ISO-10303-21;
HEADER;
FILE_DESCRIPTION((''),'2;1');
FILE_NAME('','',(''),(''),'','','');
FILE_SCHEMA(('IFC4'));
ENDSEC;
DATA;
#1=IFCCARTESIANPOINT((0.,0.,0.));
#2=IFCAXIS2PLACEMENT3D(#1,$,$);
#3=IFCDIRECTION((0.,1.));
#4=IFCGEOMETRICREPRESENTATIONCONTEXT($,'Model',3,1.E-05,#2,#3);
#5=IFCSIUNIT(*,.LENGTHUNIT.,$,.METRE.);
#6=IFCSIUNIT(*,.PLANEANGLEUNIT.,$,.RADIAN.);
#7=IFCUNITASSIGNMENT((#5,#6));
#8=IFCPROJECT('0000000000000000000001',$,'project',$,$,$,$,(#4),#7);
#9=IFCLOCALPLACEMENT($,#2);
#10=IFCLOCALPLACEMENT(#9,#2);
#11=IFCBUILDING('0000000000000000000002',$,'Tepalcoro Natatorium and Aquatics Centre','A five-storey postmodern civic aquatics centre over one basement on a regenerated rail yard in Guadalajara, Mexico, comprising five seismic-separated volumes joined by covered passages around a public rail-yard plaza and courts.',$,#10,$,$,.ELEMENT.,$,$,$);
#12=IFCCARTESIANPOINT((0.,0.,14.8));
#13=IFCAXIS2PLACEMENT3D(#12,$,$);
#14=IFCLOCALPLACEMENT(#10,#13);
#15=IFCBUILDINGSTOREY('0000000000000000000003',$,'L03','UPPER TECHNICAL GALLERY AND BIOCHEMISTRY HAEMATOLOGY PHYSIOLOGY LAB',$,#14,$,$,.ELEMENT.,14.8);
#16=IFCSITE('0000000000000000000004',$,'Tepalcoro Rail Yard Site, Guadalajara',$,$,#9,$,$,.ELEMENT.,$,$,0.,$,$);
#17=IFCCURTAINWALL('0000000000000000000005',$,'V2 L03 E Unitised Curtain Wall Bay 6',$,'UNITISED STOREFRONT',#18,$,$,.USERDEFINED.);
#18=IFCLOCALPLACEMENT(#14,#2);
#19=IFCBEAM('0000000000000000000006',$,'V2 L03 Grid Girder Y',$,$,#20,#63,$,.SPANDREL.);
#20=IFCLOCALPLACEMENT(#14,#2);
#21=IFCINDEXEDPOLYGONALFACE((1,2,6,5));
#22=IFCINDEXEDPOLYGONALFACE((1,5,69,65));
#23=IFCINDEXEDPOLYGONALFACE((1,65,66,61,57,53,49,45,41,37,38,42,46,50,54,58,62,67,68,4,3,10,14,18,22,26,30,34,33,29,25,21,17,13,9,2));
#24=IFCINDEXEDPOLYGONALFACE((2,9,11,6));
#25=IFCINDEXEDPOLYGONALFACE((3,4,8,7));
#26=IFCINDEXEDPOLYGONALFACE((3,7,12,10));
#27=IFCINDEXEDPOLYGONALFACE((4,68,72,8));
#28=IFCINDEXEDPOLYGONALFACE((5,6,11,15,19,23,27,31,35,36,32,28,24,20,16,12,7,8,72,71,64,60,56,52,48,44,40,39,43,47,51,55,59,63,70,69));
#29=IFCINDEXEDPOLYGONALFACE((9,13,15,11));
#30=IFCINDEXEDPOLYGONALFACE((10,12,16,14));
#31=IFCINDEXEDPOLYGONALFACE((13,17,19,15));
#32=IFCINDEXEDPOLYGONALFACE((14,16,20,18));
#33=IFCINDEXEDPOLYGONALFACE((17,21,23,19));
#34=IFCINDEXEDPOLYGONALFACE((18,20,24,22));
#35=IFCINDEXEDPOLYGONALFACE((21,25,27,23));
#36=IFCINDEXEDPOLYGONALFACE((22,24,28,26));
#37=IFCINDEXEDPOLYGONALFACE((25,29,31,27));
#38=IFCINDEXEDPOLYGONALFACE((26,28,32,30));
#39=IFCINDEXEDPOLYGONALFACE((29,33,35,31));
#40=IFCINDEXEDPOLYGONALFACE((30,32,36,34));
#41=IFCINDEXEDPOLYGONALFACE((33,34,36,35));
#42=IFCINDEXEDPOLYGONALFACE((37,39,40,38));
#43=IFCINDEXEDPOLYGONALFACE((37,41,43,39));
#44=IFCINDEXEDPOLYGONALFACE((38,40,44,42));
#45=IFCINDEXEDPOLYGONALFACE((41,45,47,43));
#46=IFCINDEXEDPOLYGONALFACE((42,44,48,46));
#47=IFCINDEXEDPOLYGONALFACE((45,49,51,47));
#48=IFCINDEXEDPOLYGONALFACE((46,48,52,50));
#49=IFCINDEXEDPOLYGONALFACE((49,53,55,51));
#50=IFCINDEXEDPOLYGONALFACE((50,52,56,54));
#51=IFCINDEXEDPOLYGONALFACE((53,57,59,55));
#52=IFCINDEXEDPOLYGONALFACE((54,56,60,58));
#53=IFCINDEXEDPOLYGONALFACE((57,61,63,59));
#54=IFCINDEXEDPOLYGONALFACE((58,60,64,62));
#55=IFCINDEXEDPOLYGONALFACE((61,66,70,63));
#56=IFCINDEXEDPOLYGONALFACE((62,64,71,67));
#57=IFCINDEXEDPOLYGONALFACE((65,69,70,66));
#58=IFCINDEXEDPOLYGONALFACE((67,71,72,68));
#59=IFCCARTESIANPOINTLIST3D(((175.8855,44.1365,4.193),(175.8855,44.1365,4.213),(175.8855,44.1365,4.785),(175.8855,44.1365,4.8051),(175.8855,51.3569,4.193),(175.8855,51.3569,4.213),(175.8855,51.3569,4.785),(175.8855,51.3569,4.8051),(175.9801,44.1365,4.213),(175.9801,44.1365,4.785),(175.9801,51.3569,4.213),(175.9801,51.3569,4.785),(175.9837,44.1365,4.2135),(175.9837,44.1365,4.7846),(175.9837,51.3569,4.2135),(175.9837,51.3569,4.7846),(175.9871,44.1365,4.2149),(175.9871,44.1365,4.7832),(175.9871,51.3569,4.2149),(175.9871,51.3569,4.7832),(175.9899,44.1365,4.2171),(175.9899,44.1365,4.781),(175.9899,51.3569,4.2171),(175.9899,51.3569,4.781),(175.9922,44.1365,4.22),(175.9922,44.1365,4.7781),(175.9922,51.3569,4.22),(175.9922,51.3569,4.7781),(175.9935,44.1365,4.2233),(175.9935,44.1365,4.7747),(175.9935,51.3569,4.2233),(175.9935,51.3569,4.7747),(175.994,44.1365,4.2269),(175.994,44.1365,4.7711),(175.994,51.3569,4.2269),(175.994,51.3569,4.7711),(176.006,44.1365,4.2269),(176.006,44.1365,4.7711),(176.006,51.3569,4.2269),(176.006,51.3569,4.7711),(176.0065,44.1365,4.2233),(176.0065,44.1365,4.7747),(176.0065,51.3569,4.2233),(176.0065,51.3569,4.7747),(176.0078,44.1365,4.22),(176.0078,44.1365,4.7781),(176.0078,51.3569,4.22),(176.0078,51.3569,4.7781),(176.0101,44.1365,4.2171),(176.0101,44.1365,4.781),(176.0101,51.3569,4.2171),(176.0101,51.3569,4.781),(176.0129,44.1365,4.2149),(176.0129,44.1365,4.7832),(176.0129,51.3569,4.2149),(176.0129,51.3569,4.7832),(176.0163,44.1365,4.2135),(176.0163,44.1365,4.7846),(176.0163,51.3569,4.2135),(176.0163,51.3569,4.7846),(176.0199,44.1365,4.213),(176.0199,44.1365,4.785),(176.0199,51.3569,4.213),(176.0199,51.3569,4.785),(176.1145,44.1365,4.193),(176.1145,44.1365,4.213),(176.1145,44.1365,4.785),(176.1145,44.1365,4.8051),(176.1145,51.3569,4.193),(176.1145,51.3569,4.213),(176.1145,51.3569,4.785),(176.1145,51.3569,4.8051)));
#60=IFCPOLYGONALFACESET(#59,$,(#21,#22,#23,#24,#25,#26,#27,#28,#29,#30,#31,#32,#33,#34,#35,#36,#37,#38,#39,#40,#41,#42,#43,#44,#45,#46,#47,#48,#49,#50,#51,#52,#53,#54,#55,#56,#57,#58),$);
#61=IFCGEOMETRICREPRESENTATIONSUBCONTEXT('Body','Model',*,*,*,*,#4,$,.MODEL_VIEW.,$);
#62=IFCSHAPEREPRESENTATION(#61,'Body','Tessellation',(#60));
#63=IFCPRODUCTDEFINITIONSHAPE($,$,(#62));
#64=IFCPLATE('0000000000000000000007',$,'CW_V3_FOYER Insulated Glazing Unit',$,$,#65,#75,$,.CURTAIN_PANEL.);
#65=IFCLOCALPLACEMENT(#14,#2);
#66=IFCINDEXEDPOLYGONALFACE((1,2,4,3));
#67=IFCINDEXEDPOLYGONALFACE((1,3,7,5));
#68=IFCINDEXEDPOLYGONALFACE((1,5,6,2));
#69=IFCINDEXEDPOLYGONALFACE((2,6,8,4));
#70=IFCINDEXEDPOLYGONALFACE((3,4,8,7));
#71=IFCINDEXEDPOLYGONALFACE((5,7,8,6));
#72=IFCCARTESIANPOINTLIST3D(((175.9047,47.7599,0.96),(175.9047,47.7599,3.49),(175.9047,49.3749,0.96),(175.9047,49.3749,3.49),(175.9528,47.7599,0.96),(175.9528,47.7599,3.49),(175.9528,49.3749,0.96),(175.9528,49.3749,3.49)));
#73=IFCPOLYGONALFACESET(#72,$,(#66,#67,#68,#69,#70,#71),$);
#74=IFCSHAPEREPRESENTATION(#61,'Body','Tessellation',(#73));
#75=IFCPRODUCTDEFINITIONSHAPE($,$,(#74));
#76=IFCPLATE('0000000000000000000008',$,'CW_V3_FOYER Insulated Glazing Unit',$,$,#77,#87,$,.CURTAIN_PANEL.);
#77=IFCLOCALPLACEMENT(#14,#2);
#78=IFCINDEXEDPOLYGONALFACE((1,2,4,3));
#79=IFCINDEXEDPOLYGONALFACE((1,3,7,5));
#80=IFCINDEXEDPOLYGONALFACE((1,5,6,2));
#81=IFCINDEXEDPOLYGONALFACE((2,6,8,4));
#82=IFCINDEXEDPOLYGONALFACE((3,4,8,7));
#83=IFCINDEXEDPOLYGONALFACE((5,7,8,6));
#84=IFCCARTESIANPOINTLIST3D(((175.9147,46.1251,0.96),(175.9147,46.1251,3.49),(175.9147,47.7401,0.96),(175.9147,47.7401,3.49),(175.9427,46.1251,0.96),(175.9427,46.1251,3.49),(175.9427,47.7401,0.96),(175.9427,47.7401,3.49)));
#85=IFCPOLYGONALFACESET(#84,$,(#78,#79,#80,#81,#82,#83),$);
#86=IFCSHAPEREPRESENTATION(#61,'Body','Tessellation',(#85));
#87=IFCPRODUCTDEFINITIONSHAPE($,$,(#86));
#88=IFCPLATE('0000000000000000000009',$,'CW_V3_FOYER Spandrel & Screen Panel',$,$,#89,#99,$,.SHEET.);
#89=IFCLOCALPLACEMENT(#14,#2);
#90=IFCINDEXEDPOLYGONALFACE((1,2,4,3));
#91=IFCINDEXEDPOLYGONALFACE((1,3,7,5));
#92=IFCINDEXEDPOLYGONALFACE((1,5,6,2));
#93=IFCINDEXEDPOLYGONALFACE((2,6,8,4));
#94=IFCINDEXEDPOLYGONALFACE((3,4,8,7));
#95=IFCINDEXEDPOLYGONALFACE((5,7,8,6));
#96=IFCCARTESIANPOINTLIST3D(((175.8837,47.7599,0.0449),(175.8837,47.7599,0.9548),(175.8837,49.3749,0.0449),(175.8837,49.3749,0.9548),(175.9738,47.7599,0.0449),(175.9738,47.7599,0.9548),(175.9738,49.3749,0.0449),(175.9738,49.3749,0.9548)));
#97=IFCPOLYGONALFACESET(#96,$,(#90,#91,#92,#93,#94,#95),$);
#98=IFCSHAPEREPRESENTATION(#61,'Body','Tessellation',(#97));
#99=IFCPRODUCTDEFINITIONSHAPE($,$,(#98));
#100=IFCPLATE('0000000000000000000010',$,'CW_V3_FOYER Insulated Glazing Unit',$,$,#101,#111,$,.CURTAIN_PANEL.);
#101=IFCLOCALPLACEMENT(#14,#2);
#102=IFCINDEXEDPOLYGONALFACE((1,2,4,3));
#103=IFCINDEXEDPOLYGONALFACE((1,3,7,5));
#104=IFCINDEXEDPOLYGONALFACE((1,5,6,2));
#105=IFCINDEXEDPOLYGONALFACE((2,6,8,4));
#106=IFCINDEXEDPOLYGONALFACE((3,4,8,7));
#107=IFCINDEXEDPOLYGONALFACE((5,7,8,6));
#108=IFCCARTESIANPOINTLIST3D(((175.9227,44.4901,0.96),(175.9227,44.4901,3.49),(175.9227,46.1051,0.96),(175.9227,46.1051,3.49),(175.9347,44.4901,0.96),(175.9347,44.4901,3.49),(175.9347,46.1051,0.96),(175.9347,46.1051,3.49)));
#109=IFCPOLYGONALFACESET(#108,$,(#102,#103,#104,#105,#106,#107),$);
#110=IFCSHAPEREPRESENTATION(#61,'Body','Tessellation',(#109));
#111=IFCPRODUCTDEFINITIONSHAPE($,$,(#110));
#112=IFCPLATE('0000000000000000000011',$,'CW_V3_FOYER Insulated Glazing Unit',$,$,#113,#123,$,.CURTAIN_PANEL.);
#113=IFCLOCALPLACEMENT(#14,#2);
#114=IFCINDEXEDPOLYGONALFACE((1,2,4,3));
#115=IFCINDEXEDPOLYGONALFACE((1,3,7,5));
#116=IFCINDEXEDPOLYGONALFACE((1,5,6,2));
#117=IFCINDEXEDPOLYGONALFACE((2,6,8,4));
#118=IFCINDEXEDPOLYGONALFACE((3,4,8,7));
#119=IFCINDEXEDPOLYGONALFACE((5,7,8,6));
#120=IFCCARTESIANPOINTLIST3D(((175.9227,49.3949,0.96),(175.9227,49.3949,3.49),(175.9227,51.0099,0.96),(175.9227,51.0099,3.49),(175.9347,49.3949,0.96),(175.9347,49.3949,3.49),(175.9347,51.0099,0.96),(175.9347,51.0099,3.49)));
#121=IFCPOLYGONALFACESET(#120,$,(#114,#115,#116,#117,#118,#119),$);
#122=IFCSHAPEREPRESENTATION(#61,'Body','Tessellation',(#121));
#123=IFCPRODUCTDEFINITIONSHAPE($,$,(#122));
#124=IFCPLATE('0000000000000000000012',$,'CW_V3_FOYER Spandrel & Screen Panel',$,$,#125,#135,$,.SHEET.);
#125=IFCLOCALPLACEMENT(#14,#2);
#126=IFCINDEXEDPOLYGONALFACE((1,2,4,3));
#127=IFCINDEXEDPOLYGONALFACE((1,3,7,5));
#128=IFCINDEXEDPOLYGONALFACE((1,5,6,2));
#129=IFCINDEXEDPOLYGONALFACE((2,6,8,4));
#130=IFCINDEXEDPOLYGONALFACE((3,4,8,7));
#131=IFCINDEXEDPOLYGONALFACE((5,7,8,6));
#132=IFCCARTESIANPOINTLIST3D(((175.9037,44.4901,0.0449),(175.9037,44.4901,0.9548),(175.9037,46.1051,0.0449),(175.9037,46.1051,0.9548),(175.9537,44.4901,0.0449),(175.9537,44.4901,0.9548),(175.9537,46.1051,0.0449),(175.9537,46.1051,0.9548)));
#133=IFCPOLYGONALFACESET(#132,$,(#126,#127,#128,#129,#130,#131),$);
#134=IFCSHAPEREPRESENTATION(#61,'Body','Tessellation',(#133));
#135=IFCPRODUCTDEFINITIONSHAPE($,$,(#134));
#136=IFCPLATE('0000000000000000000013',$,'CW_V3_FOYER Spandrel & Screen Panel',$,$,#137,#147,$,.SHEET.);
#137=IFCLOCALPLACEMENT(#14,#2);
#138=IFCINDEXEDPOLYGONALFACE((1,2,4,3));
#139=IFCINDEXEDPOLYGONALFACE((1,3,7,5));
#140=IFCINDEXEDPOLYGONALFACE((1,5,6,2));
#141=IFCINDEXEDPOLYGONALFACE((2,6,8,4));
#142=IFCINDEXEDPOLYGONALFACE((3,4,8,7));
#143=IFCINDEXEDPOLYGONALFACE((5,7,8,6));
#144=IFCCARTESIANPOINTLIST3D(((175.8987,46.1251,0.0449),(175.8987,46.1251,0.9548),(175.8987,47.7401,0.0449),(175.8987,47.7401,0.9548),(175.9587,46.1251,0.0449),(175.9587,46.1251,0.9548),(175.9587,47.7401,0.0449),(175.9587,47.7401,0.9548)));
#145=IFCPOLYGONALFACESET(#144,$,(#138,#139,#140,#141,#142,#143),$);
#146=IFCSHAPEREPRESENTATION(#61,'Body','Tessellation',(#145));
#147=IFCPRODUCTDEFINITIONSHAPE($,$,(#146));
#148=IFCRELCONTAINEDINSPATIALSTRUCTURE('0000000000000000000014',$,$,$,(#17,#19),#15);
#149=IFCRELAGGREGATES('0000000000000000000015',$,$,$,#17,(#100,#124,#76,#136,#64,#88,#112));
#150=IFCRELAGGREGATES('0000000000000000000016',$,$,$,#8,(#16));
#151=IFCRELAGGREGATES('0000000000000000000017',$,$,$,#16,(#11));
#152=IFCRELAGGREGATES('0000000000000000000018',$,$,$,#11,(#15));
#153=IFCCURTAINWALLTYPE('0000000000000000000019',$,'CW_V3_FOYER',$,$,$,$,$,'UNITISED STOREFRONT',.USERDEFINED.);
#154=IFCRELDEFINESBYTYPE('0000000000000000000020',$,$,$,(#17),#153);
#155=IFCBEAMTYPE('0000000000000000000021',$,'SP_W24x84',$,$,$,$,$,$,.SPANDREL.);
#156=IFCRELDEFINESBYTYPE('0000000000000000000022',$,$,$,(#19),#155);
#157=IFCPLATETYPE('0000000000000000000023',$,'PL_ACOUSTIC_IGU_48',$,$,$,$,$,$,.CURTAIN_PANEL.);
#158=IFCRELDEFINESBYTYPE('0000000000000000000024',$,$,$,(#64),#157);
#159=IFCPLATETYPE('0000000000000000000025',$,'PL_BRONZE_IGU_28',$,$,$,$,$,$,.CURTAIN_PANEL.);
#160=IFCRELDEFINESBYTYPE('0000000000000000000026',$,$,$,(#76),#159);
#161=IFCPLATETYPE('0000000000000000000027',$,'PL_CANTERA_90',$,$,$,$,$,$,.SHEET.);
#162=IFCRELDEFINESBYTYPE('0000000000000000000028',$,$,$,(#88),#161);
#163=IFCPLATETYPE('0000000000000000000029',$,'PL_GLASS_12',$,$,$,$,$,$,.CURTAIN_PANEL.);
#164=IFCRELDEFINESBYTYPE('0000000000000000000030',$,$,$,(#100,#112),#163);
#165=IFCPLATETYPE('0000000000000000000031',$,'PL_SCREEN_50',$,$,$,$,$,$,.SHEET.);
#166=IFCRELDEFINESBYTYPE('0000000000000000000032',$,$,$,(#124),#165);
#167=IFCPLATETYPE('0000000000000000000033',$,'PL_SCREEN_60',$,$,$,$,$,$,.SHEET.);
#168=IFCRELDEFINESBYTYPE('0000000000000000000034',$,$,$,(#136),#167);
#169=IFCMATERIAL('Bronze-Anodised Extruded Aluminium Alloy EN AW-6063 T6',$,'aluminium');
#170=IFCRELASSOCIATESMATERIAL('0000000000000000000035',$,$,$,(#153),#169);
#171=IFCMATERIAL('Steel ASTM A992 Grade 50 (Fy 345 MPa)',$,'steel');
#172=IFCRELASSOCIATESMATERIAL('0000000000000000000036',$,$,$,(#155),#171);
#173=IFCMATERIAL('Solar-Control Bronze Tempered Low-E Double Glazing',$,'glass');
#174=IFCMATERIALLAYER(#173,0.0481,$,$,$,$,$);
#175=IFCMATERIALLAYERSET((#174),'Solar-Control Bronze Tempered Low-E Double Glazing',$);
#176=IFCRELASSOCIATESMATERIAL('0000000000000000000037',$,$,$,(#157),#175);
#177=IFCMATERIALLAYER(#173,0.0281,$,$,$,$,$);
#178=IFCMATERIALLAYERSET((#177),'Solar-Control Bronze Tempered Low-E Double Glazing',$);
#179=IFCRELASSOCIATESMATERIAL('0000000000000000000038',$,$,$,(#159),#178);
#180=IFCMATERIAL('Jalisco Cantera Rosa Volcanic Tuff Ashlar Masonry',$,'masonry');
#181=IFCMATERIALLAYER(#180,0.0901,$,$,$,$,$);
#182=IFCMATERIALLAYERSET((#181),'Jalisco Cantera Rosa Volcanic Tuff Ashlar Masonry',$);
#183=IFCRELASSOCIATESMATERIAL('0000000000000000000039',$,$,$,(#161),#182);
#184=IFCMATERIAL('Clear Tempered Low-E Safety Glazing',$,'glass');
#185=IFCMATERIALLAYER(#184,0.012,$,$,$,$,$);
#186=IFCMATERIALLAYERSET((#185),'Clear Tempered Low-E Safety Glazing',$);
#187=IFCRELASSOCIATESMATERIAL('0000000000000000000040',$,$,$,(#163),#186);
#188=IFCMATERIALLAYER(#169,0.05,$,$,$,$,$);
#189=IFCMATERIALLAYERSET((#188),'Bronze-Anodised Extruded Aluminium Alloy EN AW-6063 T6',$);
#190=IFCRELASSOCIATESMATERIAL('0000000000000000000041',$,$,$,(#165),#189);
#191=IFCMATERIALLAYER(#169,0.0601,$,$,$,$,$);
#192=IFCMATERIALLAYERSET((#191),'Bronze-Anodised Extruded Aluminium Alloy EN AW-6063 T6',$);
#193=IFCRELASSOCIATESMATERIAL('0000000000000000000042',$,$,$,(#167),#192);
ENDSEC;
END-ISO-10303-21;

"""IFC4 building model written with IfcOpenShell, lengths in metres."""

from ifc_helpers import new_model, si_unit, direction, frame, origin, origin_2d, place, context, subcontext, project, spatial, rectangle, i_section, extrude, material, layer, layer_set, material_profile, profile_set, type_object, element, aggregate, save


model = new_model("IFC4")

# Units and contexts
model_context = context("Model", 3, precision=1e-05, world=origin(), true_north=direction((0.0, 1.0)))
body_context = subcontext(model_context, "Body", "Model", "MODEL_VIEW")
ifc_project = project(units=[si_unit("LENGTHUNIT", "METRE"), si_unit("PLANEANGLEUNIT", "RADIAN")], contexts=[model_context])

# Site, building, storey
site_placement = place(None, origin())
site = spatial("IfcSite", under=ifc_project, at=site_placement, Name="Tepalcoro Rail Yard Site, Guadalajara", CompositionType="ELEMENT", RefElevation=0.0)
building_placement = place(site_placement, origin())
building = spatial("IfcBuilding", under=site, at=building_placement, Name="Tepalcoro Natatorium and Aquatics Centre", Description="A five-storey postmodern civic aquatics centre over one basement on a regenerated rail yard in Guadalajara, Mexico, comprising five seismic-separated volumes joined by covered passages around a public rail-yard plaza and courts.", CompositionType="ELEMENT")
storey_placement = place(building_placement, frame((0.0, 0.0, 14.8)))
storey = spatial("IfcBuildingStorey", under=building, at=storey_placement, Name="L03", Description="UPPER TECHNICAL GALLERY AND BIOCHEMISTRY HAEMATOLOGY PHYSIOLOGY LAB", CompositionType="ELEMENT", Elevation=14.8)

# Shared definitions
ifc_material_1 = material(Name="Steel ASTM A992 Grade 50 (Fy 345 MPa)", Category="steel")

# Curtain wall
ifc_material_2 = material(Name="Bronze-Anodised Extruded Aluminium Alloy EN AW-6063 T6", Category="aluminium")
curtain_wall_type = type_object("IfcCurtainWallType", Name="CW_V3_FOYER", ElementType="UNITISED STOREFRONT", PredefinedType="USERDEFINED", material=ifc_material_2)
curtain_wall_placement = place(storey_placement, origin())
curtain_wall = element("IfcCurtainWall", 1, at=curtain_wall_placement, inside=storey, type_object=curtain_wall_type, Name="V2 L03 E Unitised Curtain Wall Bay 6", ObjectType="UNITISED STOREFRONT", PredefinedType="USERDEFINED")

# Beam
ifc_material_profile_1 = material_profile(ifc_material_1, i_section(OverallWidth=0.229, OverallDepth=0.6121, WebThickness=0.012, FlangeThickness=0.02, FilletRadius=0.0139, at=origin_2d()), Name="W24X84")
ifc_profile_set_1 = profile_set([ifc_material_profile_1], Name="Steel ASTM A992 Grade 50 (Fy 345 MPa)")
beam_type_1 = type_object("IfcBeamType", Name="SP_W24x84", PredefinedType="SPANDREL", material=ifc_profile_set_1)
beam_1_placement = place(storey_placement, frame((176.0, 44.1365, 4.499), z_axis=(0.0, 1.0, 0.0), x_axis=(-1.0, 0.0, 0.0)))
element("IfcBeam", 2, at=beam_1_placement, inside=storey, type_object=beam_type_1, Name="V2 L03 Grid Girder Y", PredefinedType="SPANDREL", context=body_context, shape_type="SweptSolid", body=[
    extrude(i_section(OverallWidth=0.229, OverallDepth=0.6121, WebThickness=0.012, FlangeThickness=0.02, FilletRadius=0.0139, at=origin_2d()), origin(), (0.0, 0.0, 1.0), 7.2205),
])

# Plates
ifc_material_3 = material(Name="Solar-Control Bronze Tempered Low-E Double Glazing", Category="glass")
ifc_layer_1 = layer(ifc_material_3, 0.0481)
ifc_layer_set_1 = layer_set([ifc_layer_1], Name="Solar-Control Bronze Tempered Low-E Double Glazing")
plate_type_1 = type_object("IfcPlateType", Name="PL_ACOUSTIC_IGU_48", PredefinedType="CURTAIN_PANEL", material=ifc_layer_set_1)
plate_1_placement = place(storey_placement, frame((175.9287, 48.5674, 0.96), z_axis=(0.0, 0.0, 1.0), x_axis=(1.0, 0.0, 0.0)))
plate_1 = element("IfcPlate", 3, at=plate_1_placement, type_object=plate_type_1, Name="CW_V3_FOYER Insulated Glazing Unit", PredefinedType="CURTAIN_PANEL", context=body_context, shape_type="SweptSolid", body=[
    extrude(rectangle(XDim=0.0481, YDim=1.615, at=origin_2d()), origin(), (0.0, 0.0, 1.0), 2.53),
])
ifc_layer_2 = layer(ifc_material_3, 0.0281)
ifc_layer_set_2 = layer_set([ifc_layer_2], Name="Solar-Control Bronze Tempered Low-E Double Glazing")
plate_type_2 = type_object("IfcPlateType", Name="PL_BRONZE_IGU_28", PredefinedType="CURTAIN_PANEL", material=ifc_layer_set_2)
plate_2_placement = place(storey_placement, frame((175.9287, 46.9326, 0.96), z_axis=(0.0, 0.0, 1.0), x_axis=(1.0, 0.0, 0.0)))
plate_2 = element("IfcPlate", 4, at=plate_2_placement, type_object=plate_type_2, Name="CW_V3_FOYER Insulated Glazing Unit", PredefinedType="CURTAIN_PANEL", context=body_context, shape_type="SweptSolid", body=[
    extrude(rectangle(XDim=0.0281, YDim=1.615, at=origin_2d()), origin(), (0.0, 0.0, 1.0), 2.53),
])
ifc_material_4 = material(Name="Jalisco Cantera Rosa Volcanic Tuff Ashlar Masonry", Category="masonry")
ifc_layer_3 = layer(ifc_material_4, 0.0901)
ifc_layer_set_3 = layer_set([ifc_layer_3], Name="Jalisco Cantera Rosa Volcanic Tuff Ashlar Masonry")
plate_type_3 = type_object("IfcPlateType", Name="PL_CANTERA_90", PredefinedType="SHEET", material=ifc_layer_set_3)
plate_3_placement = place(storey_placement, frame((175.9287, 48.5674, 0.0449), z_axis=(0.0, 0.0, 1.0), x_axis=(1.0, 0.0, 0.0)))
plate_3 = element("IfcPlate", 5, at=plate_3_placement, type_object=plate_type_3, Name="CW_V3_FOYER Spandrel & Screen Panel", PredefinedType="SHEET", context=body_context, shape_type="SweptSolid", body=[
    extrude(rectangle(XDim=0.0901, YDim=1.615, at=origin_2d()), origin(), (0.0, 0.0, 1.0), 0.9099),
])
ifc_material_5 = material(Name="Clear Tempered Low-E Safety Glazing", Category="glass")
ifc_layer_4 = layer(ifc_material_5, 0.012)
ifc_layer_set_4 = layer_set([ifc_layer_4], Name="Clear Tempered Low-E Safety Glazing")
plate_type_4 = type_object("IfcPlateType", Name="PL_GLASS_12", PredefinedType="CURTAIN_PANEL", material=ifc_layer_set_4)
plate_4_placement = place(storey_placement, frame((175.9287, 45.2976, 0.96), z_axis=(0.0, 0.0, 1.0), x_axis=(1.0, 0.0, 0.0)))
plate_4 = element("IfcPlate", 6, at=plate_4_placement, type_object=plate_type_4, Name="CW_V3_FOYER Insulated Glazing Unit", PredefinedType="CURTAIN_PANEL", context=body_context, shape_type="SweptSolid", body=[
    extrude(rectangle(XDim=0.012, YDim=1.615, at=origin_2d()), origin(), (0.0, 0.0, 1.0), 2.53),
])
plate_5_placement = place(storey_placement, frame((175.9287, 50.2024, 0.96), z_axis=(0.0, 0.0, 1.0), x_axis=(1.0, 0.0, 0.0)))
plate_5 = element("IfcPlate", 7, at=plate_5_placement, type_object=plate_type_4, Name="CW_V3_FOYER Insulated Glazing Unit", PredefinedType="CURTAIN_PANEL", context=body_context, shape_type="SweptSolid", body=[
    extrude(rectangle(XDim=0.012, YDim=1.615, at=origin_2d()), origin(), (0.0, 0.0, 1.0), 2.53),
])
ifc_layer_5 = layer(ifc_material_2, 0.05)
ifc_layer_set_5 = layer_set([ifc_layer_5], Name="Bronze-Anodised Extruded Aluminium Alloy EN AW-6063 T6")
plate_type_5 = type_object("IfcPlateType", Name="PL_SCREEN_50", PredefinedType="SHEET", material=ifc_layer_set_5)
plate_6_placement = place(storey_placement, frame((175.9287, 45.2976, 0.0449), z_axis=(0.0, 0.0, 1.0), x_axis=(1.0, 0.0, 0.0)))
plate_6 = element("IfcPlate", 8, at=plate_6_placement, type_object=plate_type_5, Name="CW_V3_FOYER Spandrel & Screen Panel", PredefinedType="SHEET", context=body_context, shape_type="SweptSolid", body=[
    extrude(rectangle(XDim=0.05, YDim=1.615, at=origin_2d()), origin(), (0.0, 0.0, 1.0), 0.9099),
])
ifc_layer_6 = layer(ifc_material_2, 0.0601)
ifc_layer_set_6 = layer_set([ifc_layer_6], Name="Bronze-Anodised Extruded Aluminium Alloy EN AW-6063 T6")
plate_type_6 = type_object("IfcPlateType", Name="PL_SCREEN_60", PredefinedType="SHEET", material=ifc_layer_set_6)
plate_7_placement = place(storey_placement, frame((175.9287, 46.9326, 0.0449), z_axis=(0.0, 0.0, 1.0), x_axis=(1.0, 0.0, 0.0)))
plate_7 = element("IfcPlate", 9, at=plate_7_placement, type_object=plate_type_6, Name="CW_V3_FOYER Spandrel & Screen Panel", PredefinedType="SHEET", context=body_context, shape_type="SweptSolid", body=[
    extrude(rectangle(XDim=0.0601, YDim=1.615, at=origin_2d()), origin(), (0.0, 0.0, 1.0), 0.9099),
])
aggregate(curtain_wall, [plate_4, plate_6, plate_2, plate_7, plate_1, plate_3, plate_5])

save(model, "model.ifc")
